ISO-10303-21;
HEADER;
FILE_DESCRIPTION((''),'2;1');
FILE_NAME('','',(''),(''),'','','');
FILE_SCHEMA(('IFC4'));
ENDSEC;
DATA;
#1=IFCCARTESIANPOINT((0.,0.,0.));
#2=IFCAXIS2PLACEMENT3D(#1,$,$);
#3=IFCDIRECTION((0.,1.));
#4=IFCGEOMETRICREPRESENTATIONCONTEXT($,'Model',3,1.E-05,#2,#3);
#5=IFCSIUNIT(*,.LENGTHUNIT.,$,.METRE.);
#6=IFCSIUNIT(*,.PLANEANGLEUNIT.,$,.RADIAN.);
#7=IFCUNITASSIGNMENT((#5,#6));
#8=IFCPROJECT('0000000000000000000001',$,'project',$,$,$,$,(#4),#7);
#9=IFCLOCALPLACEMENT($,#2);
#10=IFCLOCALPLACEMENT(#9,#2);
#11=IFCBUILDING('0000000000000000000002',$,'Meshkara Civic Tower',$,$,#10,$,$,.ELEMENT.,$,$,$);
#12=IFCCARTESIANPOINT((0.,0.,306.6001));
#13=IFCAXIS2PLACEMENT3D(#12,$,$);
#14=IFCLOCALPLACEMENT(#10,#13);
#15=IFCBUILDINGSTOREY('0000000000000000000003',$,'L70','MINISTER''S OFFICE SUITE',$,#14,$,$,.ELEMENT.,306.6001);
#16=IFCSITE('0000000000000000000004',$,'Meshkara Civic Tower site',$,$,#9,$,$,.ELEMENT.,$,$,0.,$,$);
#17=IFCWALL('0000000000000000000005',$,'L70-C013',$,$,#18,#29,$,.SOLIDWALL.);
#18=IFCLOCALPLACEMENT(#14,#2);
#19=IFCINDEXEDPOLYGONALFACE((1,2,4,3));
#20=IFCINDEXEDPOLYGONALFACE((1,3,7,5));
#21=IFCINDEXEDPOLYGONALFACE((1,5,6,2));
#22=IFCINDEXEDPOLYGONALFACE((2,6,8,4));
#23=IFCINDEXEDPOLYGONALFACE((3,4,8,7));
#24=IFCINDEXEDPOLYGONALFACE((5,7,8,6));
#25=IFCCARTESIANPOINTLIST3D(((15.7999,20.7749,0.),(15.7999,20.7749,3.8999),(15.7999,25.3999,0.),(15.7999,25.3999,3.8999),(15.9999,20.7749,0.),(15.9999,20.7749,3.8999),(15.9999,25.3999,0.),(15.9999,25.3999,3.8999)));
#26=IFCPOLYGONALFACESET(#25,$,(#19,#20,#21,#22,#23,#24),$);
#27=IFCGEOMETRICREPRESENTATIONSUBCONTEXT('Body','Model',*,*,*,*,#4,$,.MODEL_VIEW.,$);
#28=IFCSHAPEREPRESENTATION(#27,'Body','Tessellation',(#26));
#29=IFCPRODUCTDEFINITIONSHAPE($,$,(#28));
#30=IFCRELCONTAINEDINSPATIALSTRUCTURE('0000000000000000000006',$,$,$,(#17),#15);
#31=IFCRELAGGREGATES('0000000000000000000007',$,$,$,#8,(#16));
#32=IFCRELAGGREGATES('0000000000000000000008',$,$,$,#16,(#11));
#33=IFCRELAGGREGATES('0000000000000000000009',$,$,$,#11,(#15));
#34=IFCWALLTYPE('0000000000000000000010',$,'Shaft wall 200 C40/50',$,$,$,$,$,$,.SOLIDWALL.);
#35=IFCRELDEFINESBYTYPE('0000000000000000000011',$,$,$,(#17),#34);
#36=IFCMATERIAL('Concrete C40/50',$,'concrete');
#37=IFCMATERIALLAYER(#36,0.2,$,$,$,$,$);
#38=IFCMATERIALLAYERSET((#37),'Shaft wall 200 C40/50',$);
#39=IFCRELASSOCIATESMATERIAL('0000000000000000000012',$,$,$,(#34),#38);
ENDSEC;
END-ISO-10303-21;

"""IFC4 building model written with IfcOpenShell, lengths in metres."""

from ifc_helpers import new_model, si_unit, direction, frame, frame_2d, origin, place, context, subcontext, project, spatial, rectangle, extrude, material, layer, layer_set, type_object, element, save


model = new_model("IFC4")

# Units and contexts
model_context = context("Model", 3, precision=1e-05, world=origin(), true_north=direction((0.0, 1.0)))
body_context = subcontext(model_context, "Body", "Model", "MODEL_VIEW")
ifc_project = project(units=[si_unit("LENGTHUNIT", "METRE"), si_unit("PLANEANGLEUNIT", "RADIAN")], contexts=[model_context])

# Site, building, storey
site_placement = place(None, origin())
site = spatial("IfcSite", under=ifc_project, at=site_placement, Name="Meshkara Civic Tower site", CompositionType="ELEMENT", RefElevation=0.0)
building_placement = place(site_placement, origin())
building = spatial("IfcBuilding", under=site, at=building_placement, Name="Meshkara Civic Tower", CompositionType="ELEMENT")
storey_placement = place(building_placement, frame((0.0, 0.0, 306.6001)))
storey = spatial("IfcBuildingStorey", under=building, at=storey_placement, Name="L70", Description="MINISTER'S OFFICE SUITE", CompositionType="ELEMENT", Elevation=306.6001)

# Shared definitions
ifc_material_1 = material(Name="Concrete C40/50", Category="concrete")
ifc_layer_1 = layer(ifc_material_1, 0.2)
ifc_layer_set_1 = layer_set([ifc_layer_1], Name="Shaft wall 200 C40/50")
wall_type_1 = type_object("IfcWallType", Name="Shaft wall 200 C40/50", PredefinedType="SOLIDWALL", material=ifc_layer_set_1)

# Wall
wall_1_placement = place(storey_placement, frame((15.8999, 20.7749, 0.0), z_axis=(0.0, 0.0, 1.0), x_axis=(0.0, 1.0, 0.0)))
element("IfcWall", 1, at=wall_1_placement, inside=storey, type_object=wall_type_1, Name="L70-C013", PredefinedType="SOLIDWALL", context=body_context, shape_type="SweptSolid", body=[
    extrude(rectangle(XDim=4.625, YDim=0.2, at=frame_2d((2.3125, 0.0))), origin(), (0.0, 0.0, 1.0), 3.8999),
])

save(model, "model.ifc")
